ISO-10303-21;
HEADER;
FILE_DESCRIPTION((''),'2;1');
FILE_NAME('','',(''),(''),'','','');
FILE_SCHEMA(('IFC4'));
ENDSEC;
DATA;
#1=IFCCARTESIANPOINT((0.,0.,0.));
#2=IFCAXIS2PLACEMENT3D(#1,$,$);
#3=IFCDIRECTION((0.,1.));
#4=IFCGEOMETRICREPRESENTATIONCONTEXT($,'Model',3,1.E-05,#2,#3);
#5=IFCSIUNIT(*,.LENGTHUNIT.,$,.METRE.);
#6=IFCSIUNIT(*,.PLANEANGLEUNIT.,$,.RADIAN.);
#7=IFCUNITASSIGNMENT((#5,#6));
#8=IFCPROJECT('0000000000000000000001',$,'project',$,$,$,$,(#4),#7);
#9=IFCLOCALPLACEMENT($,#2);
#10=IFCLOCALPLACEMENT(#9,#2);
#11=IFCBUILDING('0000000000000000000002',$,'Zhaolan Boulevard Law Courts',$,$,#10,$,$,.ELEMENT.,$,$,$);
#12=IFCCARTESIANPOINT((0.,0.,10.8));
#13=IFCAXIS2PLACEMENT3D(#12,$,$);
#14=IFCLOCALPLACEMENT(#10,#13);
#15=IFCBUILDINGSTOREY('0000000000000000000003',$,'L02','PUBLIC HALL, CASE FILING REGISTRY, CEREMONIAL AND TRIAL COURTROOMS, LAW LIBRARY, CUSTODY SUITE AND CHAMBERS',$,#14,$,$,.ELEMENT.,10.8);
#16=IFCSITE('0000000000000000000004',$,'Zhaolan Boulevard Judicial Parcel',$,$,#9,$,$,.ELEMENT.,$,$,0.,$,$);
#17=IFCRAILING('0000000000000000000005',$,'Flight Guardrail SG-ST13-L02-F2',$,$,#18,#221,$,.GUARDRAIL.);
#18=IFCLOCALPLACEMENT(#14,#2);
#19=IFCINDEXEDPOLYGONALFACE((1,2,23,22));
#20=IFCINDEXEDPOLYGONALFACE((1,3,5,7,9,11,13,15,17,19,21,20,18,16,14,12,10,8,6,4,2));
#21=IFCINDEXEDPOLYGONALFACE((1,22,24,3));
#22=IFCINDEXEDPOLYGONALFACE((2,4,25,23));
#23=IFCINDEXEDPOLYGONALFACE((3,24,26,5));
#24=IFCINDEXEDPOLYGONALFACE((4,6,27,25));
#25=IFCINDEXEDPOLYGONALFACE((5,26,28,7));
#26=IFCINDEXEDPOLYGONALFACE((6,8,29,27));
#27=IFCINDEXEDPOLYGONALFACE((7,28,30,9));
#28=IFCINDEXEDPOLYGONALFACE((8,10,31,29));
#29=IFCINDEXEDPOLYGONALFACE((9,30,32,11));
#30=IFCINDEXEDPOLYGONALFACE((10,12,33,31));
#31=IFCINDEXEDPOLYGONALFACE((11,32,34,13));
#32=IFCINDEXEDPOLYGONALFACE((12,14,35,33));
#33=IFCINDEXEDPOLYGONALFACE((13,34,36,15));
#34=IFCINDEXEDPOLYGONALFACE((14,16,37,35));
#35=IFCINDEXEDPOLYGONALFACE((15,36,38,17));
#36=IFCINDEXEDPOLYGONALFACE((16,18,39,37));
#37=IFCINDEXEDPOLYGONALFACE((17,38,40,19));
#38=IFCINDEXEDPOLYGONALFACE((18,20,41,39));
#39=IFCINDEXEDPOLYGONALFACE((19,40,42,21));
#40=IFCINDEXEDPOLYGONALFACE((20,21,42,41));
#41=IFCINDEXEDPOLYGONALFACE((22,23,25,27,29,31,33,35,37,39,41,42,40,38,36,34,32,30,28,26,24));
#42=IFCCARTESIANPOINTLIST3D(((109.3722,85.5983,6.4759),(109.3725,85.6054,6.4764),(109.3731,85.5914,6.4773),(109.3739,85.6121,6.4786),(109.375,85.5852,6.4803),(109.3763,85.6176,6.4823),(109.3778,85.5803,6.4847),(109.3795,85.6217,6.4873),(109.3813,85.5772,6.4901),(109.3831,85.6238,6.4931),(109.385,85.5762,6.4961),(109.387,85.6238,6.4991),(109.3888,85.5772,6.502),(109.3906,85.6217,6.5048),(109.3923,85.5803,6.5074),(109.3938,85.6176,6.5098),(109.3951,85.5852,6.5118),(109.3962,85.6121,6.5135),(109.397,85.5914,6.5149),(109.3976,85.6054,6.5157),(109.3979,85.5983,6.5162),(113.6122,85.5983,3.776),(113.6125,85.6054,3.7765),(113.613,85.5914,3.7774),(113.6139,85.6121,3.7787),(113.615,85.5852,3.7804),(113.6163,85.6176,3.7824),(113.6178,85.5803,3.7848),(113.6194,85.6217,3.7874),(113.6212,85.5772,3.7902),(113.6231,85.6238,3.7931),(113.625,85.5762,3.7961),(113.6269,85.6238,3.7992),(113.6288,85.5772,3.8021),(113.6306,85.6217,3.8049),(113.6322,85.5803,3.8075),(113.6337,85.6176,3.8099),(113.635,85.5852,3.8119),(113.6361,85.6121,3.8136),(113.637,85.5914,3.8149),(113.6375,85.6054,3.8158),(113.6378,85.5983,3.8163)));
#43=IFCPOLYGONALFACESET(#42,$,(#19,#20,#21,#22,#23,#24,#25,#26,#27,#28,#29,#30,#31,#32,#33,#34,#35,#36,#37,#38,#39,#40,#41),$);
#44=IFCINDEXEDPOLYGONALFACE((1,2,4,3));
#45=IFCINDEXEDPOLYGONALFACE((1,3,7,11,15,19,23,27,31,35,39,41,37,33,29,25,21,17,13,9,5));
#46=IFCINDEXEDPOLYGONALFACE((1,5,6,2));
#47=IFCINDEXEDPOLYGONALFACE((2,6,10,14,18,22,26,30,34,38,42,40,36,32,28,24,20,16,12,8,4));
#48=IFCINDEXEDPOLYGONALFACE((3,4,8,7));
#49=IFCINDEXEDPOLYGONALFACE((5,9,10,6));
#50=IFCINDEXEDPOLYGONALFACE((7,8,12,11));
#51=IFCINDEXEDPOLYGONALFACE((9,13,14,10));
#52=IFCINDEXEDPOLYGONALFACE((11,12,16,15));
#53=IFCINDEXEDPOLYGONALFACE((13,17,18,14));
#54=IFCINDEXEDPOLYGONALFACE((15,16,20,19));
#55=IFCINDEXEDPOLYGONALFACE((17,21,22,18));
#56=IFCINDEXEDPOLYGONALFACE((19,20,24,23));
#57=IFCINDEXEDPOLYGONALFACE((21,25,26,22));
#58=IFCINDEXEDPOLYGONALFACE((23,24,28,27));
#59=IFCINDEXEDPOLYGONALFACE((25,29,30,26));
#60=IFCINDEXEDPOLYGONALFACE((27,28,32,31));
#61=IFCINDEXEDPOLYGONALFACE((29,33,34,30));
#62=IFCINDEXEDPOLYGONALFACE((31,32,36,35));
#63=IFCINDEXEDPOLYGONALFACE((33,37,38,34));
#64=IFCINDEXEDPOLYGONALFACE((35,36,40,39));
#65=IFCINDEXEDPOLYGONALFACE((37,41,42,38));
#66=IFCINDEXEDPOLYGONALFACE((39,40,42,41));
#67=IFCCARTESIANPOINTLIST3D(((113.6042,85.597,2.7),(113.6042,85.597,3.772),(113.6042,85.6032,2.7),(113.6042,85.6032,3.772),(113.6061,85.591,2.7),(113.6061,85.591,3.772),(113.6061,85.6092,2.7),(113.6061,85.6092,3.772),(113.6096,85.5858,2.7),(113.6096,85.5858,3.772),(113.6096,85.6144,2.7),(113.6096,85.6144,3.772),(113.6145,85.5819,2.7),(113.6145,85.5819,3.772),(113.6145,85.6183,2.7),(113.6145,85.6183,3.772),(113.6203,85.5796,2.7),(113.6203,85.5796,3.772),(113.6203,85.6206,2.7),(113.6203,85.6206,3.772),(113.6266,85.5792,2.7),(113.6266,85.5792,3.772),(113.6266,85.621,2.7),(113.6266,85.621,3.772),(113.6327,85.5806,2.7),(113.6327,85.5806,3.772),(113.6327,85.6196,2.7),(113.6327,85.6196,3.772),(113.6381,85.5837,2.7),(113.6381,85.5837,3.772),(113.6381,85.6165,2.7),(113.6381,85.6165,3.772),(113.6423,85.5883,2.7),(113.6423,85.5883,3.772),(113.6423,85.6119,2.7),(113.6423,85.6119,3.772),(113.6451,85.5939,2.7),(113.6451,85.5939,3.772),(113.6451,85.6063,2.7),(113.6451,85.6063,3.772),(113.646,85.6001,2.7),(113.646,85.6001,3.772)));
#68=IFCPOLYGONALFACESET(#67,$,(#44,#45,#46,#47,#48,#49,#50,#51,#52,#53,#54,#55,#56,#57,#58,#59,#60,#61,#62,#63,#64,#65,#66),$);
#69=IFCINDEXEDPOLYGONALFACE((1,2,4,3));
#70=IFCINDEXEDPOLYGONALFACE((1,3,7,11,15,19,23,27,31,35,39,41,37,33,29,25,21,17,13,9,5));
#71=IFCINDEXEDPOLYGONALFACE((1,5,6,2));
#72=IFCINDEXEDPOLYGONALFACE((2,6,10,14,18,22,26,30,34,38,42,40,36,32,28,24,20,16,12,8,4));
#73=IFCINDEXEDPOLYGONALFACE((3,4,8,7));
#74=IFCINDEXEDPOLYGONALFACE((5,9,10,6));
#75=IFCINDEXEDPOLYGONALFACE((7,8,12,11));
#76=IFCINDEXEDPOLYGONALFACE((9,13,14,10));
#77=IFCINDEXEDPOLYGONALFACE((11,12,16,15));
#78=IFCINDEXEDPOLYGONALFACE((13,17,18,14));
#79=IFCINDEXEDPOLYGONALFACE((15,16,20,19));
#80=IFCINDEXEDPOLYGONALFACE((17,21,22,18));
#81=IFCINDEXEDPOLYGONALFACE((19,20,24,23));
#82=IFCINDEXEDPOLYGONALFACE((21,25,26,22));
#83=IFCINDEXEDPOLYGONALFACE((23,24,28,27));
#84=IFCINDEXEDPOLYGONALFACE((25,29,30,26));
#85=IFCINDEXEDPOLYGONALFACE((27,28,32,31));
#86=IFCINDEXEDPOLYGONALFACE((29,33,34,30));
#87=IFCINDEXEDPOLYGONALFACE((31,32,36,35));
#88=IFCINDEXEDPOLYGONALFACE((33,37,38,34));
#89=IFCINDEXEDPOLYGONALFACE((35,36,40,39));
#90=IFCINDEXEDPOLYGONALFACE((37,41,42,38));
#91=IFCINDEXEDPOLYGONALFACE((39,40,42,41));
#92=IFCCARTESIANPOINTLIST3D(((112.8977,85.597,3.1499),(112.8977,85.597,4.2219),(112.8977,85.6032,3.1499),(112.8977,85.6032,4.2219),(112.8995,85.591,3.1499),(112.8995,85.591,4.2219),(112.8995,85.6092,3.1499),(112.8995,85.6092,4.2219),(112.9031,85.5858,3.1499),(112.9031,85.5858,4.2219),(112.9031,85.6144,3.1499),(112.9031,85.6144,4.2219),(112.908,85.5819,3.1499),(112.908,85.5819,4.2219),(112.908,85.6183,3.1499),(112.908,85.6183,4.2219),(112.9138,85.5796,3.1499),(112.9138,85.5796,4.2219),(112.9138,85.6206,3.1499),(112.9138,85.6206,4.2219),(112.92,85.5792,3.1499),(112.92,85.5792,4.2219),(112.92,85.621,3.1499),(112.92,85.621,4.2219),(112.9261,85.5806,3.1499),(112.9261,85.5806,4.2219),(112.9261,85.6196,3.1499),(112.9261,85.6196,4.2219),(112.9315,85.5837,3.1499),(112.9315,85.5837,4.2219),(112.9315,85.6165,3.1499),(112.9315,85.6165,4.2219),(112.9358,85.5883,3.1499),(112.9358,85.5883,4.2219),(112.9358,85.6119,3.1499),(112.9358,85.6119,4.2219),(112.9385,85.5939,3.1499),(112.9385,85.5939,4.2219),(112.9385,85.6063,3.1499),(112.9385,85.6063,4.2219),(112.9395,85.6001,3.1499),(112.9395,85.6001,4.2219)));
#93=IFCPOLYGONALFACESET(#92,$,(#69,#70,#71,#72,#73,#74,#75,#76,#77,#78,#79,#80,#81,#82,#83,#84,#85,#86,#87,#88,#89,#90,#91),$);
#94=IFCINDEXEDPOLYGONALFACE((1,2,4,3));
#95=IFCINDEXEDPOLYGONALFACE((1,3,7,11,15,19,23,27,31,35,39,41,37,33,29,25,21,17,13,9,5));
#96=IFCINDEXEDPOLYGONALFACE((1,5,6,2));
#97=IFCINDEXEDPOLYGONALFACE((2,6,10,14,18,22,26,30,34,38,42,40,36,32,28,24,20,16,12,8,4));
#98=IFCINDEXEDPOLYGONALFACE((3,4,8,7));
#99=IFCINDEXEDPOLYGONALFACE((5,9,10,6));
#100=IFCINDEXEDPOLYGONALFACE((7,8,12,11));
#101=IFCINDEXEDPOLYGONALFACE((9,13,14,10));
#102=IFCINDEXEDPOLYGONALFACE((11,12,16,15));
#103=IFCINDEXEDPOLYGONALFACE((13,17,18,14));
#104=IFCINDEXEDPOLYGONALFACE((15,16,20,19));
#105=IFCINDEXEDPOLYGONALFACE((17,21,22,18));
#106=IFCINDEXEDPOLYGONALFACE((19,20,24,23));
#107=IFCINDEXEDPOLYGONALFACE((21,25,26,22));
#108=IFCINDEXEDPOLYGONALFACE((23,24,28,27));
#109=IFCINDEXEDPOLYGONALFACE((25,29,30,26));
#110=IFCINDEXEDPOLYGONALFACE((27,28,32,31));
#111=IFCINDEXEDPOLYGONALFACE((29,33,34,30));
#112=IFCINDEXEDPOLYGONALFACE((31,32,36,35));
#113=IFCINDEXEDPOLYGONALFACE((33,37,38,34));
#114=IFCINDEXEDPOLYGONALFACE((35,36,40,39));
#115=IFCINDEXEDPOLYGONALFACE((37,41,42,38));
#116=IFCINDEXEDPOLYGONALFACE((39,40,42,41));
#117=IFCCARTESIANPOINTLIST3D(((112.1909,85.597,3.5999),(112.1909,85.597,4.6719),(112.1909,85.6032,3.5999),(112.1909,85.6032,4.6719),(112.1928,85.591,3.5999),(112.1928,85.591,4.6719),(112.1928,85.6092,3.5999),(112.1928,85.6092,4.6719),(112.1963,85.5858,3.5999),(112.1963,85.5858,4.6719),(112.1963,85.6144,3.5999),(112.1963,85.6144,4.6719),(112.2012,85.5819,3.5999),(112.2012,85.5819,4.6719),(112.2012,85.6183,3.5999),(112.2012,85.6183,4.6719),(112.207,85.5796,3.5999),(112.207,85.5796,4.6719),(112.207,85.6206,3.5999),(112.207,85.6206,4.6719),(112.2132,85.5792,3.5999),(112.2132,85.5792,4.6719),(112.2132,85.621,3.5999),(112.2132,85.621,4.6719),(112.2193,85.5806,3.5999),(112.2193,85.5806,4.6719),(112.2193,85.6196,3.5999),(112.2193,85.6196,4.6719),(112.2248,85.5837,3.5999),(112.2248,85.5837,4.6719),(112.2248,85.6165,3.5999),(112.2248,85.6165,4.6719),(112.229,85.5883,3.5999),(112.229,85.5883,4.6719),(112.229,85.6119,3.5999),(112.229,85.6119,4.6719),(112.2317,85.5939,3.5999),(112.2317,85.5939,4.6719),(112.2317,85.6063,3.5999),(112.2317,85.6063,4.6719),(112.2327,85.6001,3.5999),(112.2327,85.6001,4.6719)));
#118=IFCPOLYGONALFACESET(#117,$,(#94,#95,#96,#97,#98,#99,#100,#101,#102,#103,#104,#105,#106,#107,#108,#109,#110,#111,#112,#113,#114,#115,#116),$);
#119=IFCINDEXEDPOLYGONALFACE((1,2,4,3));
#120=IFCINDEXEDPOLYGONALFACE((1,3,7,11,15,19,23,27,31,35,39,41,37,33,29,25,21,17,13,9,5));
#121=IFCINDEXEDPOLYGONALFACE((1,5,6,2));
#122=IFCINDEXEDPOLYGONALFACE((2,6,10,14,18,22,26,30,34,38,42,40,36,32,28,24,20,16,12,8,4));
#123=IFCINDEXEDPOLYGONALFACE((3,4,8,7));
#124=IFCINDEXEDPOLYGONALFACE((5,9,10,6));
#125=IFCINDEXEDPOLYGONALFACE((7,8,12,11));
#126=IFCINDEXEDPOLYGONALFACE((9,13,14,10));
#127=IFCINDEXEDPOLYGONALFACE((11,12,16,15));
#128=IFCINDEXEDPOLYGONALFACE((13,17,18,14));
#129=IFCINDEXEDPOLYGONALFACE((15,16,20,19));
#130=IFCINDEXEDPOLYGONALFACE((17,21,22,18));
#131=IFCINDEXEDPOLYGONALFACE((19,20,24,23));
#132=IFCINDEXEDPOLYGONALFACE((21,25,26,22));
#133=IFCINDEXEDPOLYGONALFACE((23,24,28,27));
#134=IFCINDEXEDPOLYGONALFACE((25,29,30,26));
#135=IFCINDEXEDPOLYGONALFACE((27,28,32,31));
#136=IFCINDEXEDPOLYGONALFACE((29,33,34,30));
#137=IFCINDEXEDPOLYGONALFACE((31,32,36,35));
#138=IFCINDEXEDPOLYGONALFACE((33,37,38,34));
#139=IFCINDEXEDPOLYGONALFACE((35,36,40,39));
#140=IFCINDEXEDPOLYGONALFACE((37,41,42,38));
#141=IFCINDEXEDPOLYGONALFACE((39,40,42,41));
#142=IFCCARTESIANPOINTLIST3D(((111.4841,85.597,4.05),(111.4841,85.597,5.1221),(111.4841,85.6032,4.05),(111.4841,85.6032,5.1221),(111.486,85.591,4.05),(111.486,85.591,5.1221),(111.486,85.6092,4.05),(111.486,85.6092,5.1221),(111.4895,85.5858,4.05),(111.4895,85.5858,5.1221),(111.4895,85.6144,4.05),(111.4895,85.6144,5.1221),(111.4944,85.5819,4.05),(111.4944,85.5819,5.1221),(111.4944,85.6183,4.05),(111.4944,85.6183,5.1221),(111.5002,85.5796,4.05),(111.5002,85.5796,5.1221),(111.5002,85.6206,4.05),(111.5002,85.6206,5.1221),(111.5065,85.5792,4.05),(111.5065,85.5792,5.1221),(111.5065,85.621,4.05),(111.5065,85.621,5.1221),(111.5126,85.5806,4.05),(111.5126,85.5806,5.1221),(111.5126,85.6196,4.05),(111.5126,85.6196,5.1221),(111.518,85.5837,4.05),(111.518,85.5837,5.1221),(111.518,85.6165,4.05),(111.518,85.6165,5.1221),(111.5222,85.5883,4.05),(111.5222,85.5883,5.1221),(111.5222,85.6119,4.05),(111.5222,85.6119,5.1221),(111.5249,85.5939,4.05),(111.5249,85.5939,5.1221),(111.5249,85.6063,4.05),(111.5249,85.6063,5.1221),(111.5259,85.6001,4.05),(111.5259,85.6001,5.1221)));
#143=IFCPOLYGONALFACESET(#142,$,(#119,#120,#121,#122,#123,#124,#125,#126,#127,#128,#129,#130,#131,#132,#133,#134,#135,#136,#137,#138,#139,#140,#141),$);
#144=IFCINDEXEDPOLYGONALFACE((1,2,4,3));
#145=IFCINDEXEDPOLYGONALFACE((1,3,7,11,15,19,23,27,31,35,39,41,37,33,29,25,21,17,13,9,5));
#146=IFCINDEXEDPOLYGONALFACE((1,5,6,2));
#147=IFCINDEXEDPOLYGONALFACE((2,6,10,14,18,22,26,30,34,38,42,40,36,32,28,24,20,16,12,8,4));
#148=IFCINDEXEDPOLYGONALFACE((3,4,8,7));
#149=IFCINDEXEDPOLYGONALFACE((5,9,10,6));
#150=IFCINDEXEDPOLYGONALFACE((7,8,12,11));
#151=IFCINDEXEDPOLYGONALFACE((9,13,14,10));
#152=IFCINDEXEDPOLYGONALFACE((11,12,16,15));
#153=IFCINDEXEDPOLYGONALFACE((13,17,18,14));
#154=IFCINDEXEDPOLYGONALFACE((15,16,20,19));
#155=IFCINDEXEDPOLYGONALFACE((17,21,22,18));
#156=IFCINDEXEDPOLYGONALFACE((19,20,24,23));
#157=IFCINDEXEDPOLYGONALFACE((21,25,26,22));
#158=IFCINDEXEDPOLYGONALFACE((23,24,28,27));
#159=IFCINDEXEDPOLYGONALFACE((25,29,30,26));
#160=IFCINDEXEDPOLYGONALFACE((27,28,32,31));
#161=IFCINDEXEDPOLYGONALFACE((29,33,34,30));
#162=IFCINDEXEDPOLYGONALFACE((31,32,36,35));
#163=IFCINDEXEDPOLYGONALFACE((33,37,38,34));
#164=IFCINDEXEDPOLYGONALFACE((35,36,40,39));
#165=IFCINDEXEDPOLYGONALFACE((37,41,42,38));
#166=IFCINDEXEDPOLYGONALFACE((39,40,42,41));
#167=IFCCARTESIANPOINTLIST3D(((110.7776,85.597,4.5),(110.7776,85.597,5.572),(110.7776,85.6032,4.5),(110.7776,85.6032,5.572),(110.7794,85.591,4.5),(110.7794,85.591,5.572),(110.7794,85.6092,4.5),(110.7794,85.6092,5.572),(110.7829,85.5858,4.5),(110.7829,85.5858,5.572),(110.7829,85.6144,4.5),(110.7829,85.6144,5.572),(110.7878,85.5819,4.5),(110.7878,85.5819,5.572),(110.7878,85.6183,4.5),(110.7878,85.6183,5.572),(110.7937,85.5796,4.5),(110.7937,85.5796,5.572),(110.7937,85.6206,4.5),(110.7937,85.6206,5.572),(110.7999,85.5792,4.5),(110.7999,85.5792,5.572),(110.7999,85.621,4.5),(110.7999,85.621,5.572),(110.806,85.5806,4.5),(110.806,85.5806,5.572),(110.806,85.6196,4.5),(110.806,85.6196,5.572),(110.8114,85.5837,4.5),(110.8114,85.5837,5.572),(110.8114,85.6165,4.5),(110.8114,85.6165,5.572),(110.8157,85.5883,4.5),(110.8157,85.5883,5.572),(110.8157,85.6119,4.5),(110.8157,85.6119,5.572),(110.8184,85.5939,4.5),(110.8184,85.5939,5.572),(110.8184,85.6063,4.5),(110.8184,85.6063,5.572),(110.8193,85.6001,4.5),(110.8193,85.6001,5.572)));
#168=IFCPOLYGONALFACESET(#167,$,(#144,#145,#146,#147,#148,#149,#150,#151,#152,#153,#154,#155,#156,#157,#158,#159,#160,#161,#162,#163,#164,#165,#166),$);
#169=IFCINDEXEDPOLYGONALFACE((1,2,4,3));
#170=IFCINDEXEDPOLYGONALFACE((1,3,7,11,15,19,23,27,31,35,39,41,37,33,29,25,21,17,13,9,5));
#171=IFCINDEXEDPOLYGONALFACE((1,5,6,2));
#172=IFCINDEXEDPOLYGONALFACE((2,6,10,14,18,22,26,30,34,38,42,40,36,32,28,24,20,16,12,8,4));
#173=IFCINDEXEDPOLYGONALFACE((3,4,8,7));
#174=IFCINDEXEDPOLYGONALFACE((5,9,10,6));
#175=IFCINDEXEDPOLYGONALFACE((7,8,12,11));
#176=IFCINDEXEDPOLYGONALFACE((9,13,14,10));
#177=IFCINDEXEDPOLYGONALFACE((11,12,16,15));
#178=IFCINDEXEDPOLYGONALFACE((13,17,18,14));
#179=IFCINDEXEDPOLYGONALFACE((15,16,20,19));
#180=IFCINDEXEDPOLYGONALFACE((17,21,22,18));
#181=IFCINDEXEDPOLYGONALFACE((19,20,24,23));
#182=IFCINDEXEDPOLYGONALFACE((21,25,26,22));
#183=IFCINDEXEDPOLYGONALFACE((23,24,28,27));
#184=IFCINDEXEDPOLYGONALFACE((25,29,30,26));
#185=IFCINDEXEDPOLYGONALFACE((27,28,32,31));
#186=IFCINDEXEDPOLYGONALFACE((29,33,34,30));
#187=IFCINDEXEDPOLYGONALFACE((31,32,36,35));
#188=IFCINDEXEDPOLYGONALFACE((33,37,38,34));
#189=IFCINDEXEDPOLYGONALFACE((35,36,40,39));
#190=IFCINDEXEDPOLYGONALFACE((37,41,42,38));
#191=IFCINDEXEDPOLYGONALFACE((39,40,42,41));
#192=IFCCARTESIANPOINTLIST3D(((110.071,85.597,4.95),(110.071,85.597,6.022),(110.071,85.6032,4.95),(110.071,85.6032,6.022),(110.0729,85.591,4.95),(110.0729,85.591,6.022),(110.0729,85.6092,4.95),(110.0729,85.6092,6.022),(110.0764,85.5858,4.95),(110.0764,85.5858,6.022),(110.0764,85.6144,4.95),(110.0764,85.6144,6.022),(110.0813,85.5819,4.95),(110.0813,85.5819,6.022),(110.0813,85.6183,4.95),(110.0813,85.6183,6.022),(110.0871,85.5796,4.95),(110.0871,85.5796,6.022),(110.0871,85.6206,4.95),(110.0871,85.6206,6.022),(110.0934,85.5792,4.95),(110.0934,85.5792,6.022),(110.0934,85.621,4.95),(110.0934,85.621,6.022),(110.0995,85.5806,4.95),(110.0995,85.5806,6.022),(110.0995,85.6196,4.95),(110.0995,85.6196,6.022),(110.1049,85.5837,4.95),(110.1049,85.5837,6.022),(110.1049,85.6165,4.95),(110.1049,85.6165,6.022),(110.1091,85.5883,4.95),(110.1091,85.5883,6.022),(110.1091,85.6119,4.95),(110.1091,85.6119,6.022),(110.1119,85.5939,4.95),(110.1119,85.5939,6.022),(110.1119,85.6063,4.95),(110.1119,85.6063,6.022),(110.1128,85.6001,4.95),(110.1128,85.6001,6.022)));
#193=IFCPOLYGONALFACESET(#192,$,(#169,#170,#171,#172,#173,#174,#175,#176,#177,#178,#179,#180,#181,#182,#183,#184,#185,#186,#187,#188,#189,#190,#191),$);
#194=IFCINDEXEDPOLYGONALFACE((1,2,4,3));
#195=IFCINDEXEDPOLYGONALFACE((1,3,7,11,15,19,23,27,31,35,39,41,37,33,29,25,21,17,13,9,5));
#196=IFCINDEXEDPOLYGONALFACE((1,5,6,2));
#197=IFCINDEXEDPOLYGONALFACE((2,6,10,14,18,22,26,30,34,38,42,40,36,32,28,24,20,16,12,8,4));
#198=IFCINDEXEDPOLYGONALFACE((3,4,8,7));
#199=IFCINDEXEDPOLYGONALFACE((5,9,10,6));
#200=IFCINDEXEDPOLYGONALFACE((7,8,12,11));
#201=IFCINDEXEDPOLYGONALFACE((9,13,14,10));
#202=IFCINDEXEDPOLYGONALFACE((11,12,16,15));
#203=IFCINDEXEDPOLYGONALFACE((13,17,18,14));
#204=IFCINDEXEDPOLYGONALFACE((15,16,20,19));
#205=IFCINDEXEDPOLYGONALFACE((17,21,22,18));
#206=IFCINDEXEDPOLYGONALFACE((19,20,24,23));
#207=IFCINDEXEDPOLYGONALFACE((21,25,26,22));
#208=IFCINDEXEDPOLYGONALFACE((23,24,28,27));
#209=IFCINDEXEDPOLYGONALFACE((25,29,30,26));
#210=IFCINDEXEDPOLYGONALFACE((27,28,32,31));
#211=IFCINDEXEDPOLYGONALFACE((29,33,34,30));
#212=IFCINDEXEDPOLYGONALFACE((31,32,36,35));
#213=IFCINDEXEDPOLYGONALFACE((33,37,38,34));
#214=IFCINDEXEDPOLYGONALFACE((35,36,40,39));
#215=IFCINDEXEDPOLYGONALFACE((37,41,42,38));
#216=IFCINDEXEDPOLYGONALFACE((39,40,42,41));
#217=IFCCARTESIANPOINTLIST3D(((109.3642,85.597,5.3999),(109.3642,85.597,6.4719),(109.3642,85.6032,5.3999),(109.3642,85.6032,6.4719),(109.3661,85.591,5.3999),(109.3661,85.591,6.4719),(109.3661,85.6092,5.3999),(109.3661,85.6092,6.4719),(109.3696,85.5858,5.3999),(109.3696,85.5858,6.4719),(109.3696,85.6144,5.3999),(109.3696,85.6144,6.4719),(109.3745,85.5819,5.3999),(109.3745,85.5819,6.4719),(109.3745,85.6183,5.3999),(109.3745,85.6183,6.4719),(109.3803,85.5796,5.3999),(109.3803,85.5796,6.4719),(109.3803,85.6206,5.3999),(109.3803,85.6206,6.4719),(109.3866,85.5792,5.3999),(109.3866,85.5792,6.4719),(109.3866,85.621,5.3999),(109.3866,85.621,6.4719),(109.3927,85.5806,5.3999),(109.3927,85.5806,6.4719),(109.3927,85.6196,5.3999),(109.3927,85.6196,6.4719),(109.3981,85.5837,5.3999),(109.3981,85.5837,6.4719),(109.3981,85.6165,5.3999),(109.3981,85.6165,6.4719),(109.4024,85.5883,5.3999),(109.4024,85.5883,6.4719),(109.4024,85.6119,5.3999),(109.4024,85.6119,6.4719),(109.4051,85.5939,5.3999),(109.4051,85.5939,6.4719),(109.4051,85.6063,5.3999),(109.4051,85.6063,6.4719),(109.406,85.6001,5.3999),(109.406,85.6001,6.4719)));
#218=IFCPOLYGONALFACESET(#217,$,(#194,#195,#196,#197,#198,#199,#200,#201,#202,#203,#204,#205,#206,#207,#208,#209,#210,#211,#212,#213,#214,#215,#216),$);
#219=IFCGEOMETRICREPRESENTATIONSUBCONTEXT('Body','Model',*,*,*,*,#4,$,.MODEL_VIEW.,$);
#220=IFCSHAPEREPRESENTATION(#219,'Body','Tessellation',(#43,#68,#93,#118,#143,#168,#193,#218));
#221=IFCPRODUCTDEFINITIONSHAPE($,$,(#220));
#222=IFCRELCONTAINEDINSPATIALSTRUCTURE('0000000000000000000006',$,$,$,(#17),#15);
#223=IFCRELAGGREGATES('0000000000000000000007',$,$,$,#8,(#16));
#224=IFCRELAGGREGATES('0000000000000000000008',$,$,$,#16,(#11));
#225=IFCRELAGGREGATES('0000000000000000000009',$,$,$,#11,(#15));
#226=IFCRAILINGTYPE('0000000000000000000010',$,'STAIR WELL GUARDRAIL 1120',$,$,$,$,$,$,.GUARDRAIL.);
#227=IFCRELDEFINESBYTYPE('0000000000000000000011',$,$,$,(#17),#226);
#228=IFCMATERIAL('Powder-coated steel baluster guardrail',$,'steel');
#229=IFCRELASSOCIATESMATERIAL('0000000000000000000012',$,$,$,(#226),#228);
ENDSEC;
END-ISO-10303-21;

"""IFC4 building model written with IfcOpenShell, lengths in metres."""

from ifc_helpers import new_model, si_unit, direction, frame, origin, origin_2d, place, context, subcontext, project, spatial, circle, extrude, material, type_object, element, save


model = new_model("IFC4")

# Units and contexts
model_context = context("Model", 3, precision=1e-05, world=origin(), true_north=direction((0.0, 1.0)))
body_context = subcontext(model_context, "Body", "Model", "MODEL_VIEW")
ifc_project = project(units=[si_unit("LENGTHUNIT", "METRE"), si_unit("PLANEANGLEUNIT", "RADIAN")], contexts=[model_context])

# Site, building, storey
site_placement = place(None, origin())
site = spatial("IfcSite", under=ifc_project, at=site_placement, Name="Zhaolan Boulevard Judicial Parcel", CompositionType="ELEMENT", RefElevation=0.0)
building_placement = place(site_placement, origin())
building = spatial("IfcBuilding", under=site, at=building_placement, Name="Zhaolan Boulevard Law Courts", CompositionType="ELEMENT")
storey_placement = place(building_placement, frame((0.0, 0.0, 10.8)))
storey = spatial("IfcBuildingStorey", under=building, at=storey_placement, Name="L02", Description="PUBLIC HALL, CASE FILING REGISTRY, CEREMONIAL AND TRIAL COURTROOMS, LAW LIBRARY, CUSTODY SUITE AND CHAMBERS", CompositionType="ELEMENT", Elevation=10.8)

# Railing
ifc_material_1 = material(Name="Powder-coated steel baluster guardrail", Category="steel")
railing_type_1 = type_object("IfcRailingType", Name="STAIR WELL GUARDRAIL 1120", PredefinedType="GUARDRAIL", material=ifc_material_1)
railing_1_placement = place(storey_placement, frame((113.625, 85.6001, 2.7)))
element("IfcRailing", 1, at=railing_1_placement, inside=storey, type_object=railing_type_1, Name="Flight Guardrail SG-ST13-L02-F2", PredefinedType="GUARDRAIL", context=body_context, shape_type="SweptSolid", body=[
    extrude(circle(Radius=0.0239, at=origin_2d()), frame((0.0, 0.0, 1.0962), z_axis=(-0.843501, 0.0, 0.537127), x_axis=(0.0, -1.0, 0.0)), (0.0, 0.0, 1.0), 5.0266),
    extrude(circle(Radius=0.021, at=origin_2d()), origin(), (0.0, 0.0, 1.0), 1.072),
    extrude(circle(Radius=0.021, at=origin_2d()), frame((-0.7065, 0.0, 0.45)), (0.0, 0.0, 1.0), 1.072),
    extrude(circle(Radius=0.021, at=origin_2d()), frame((-1.4133, 0.0, 0.8999)), (0.0, 0.0, 1.0), 1.072),
    extrude(circle(Radius=0.021, at=origin_2d()), frame((-2.1201, 0.0, 1.3501)), (0.0, 0.0, 1.0), 1.072),
    extrude(circle(Radius=0.021, at=origin_2d()), frame((-2.8267, 0.0, 1.8)), (0.0, 0.0, 1.0), 1.072),
    extrude(circle(Radius=0.021, at=origin_2d()), frame((-3.5332, 0.0, 2.25)), (0.0, 0.0, 1.0), 1.072),
    extrude(circle(Radius=0.021, at=origin_2d()), frame((-4.24, 0.0, 2.7)), (0.0, 0.0, 1.0), 1.072),
])

save(model, "model.ifc")
